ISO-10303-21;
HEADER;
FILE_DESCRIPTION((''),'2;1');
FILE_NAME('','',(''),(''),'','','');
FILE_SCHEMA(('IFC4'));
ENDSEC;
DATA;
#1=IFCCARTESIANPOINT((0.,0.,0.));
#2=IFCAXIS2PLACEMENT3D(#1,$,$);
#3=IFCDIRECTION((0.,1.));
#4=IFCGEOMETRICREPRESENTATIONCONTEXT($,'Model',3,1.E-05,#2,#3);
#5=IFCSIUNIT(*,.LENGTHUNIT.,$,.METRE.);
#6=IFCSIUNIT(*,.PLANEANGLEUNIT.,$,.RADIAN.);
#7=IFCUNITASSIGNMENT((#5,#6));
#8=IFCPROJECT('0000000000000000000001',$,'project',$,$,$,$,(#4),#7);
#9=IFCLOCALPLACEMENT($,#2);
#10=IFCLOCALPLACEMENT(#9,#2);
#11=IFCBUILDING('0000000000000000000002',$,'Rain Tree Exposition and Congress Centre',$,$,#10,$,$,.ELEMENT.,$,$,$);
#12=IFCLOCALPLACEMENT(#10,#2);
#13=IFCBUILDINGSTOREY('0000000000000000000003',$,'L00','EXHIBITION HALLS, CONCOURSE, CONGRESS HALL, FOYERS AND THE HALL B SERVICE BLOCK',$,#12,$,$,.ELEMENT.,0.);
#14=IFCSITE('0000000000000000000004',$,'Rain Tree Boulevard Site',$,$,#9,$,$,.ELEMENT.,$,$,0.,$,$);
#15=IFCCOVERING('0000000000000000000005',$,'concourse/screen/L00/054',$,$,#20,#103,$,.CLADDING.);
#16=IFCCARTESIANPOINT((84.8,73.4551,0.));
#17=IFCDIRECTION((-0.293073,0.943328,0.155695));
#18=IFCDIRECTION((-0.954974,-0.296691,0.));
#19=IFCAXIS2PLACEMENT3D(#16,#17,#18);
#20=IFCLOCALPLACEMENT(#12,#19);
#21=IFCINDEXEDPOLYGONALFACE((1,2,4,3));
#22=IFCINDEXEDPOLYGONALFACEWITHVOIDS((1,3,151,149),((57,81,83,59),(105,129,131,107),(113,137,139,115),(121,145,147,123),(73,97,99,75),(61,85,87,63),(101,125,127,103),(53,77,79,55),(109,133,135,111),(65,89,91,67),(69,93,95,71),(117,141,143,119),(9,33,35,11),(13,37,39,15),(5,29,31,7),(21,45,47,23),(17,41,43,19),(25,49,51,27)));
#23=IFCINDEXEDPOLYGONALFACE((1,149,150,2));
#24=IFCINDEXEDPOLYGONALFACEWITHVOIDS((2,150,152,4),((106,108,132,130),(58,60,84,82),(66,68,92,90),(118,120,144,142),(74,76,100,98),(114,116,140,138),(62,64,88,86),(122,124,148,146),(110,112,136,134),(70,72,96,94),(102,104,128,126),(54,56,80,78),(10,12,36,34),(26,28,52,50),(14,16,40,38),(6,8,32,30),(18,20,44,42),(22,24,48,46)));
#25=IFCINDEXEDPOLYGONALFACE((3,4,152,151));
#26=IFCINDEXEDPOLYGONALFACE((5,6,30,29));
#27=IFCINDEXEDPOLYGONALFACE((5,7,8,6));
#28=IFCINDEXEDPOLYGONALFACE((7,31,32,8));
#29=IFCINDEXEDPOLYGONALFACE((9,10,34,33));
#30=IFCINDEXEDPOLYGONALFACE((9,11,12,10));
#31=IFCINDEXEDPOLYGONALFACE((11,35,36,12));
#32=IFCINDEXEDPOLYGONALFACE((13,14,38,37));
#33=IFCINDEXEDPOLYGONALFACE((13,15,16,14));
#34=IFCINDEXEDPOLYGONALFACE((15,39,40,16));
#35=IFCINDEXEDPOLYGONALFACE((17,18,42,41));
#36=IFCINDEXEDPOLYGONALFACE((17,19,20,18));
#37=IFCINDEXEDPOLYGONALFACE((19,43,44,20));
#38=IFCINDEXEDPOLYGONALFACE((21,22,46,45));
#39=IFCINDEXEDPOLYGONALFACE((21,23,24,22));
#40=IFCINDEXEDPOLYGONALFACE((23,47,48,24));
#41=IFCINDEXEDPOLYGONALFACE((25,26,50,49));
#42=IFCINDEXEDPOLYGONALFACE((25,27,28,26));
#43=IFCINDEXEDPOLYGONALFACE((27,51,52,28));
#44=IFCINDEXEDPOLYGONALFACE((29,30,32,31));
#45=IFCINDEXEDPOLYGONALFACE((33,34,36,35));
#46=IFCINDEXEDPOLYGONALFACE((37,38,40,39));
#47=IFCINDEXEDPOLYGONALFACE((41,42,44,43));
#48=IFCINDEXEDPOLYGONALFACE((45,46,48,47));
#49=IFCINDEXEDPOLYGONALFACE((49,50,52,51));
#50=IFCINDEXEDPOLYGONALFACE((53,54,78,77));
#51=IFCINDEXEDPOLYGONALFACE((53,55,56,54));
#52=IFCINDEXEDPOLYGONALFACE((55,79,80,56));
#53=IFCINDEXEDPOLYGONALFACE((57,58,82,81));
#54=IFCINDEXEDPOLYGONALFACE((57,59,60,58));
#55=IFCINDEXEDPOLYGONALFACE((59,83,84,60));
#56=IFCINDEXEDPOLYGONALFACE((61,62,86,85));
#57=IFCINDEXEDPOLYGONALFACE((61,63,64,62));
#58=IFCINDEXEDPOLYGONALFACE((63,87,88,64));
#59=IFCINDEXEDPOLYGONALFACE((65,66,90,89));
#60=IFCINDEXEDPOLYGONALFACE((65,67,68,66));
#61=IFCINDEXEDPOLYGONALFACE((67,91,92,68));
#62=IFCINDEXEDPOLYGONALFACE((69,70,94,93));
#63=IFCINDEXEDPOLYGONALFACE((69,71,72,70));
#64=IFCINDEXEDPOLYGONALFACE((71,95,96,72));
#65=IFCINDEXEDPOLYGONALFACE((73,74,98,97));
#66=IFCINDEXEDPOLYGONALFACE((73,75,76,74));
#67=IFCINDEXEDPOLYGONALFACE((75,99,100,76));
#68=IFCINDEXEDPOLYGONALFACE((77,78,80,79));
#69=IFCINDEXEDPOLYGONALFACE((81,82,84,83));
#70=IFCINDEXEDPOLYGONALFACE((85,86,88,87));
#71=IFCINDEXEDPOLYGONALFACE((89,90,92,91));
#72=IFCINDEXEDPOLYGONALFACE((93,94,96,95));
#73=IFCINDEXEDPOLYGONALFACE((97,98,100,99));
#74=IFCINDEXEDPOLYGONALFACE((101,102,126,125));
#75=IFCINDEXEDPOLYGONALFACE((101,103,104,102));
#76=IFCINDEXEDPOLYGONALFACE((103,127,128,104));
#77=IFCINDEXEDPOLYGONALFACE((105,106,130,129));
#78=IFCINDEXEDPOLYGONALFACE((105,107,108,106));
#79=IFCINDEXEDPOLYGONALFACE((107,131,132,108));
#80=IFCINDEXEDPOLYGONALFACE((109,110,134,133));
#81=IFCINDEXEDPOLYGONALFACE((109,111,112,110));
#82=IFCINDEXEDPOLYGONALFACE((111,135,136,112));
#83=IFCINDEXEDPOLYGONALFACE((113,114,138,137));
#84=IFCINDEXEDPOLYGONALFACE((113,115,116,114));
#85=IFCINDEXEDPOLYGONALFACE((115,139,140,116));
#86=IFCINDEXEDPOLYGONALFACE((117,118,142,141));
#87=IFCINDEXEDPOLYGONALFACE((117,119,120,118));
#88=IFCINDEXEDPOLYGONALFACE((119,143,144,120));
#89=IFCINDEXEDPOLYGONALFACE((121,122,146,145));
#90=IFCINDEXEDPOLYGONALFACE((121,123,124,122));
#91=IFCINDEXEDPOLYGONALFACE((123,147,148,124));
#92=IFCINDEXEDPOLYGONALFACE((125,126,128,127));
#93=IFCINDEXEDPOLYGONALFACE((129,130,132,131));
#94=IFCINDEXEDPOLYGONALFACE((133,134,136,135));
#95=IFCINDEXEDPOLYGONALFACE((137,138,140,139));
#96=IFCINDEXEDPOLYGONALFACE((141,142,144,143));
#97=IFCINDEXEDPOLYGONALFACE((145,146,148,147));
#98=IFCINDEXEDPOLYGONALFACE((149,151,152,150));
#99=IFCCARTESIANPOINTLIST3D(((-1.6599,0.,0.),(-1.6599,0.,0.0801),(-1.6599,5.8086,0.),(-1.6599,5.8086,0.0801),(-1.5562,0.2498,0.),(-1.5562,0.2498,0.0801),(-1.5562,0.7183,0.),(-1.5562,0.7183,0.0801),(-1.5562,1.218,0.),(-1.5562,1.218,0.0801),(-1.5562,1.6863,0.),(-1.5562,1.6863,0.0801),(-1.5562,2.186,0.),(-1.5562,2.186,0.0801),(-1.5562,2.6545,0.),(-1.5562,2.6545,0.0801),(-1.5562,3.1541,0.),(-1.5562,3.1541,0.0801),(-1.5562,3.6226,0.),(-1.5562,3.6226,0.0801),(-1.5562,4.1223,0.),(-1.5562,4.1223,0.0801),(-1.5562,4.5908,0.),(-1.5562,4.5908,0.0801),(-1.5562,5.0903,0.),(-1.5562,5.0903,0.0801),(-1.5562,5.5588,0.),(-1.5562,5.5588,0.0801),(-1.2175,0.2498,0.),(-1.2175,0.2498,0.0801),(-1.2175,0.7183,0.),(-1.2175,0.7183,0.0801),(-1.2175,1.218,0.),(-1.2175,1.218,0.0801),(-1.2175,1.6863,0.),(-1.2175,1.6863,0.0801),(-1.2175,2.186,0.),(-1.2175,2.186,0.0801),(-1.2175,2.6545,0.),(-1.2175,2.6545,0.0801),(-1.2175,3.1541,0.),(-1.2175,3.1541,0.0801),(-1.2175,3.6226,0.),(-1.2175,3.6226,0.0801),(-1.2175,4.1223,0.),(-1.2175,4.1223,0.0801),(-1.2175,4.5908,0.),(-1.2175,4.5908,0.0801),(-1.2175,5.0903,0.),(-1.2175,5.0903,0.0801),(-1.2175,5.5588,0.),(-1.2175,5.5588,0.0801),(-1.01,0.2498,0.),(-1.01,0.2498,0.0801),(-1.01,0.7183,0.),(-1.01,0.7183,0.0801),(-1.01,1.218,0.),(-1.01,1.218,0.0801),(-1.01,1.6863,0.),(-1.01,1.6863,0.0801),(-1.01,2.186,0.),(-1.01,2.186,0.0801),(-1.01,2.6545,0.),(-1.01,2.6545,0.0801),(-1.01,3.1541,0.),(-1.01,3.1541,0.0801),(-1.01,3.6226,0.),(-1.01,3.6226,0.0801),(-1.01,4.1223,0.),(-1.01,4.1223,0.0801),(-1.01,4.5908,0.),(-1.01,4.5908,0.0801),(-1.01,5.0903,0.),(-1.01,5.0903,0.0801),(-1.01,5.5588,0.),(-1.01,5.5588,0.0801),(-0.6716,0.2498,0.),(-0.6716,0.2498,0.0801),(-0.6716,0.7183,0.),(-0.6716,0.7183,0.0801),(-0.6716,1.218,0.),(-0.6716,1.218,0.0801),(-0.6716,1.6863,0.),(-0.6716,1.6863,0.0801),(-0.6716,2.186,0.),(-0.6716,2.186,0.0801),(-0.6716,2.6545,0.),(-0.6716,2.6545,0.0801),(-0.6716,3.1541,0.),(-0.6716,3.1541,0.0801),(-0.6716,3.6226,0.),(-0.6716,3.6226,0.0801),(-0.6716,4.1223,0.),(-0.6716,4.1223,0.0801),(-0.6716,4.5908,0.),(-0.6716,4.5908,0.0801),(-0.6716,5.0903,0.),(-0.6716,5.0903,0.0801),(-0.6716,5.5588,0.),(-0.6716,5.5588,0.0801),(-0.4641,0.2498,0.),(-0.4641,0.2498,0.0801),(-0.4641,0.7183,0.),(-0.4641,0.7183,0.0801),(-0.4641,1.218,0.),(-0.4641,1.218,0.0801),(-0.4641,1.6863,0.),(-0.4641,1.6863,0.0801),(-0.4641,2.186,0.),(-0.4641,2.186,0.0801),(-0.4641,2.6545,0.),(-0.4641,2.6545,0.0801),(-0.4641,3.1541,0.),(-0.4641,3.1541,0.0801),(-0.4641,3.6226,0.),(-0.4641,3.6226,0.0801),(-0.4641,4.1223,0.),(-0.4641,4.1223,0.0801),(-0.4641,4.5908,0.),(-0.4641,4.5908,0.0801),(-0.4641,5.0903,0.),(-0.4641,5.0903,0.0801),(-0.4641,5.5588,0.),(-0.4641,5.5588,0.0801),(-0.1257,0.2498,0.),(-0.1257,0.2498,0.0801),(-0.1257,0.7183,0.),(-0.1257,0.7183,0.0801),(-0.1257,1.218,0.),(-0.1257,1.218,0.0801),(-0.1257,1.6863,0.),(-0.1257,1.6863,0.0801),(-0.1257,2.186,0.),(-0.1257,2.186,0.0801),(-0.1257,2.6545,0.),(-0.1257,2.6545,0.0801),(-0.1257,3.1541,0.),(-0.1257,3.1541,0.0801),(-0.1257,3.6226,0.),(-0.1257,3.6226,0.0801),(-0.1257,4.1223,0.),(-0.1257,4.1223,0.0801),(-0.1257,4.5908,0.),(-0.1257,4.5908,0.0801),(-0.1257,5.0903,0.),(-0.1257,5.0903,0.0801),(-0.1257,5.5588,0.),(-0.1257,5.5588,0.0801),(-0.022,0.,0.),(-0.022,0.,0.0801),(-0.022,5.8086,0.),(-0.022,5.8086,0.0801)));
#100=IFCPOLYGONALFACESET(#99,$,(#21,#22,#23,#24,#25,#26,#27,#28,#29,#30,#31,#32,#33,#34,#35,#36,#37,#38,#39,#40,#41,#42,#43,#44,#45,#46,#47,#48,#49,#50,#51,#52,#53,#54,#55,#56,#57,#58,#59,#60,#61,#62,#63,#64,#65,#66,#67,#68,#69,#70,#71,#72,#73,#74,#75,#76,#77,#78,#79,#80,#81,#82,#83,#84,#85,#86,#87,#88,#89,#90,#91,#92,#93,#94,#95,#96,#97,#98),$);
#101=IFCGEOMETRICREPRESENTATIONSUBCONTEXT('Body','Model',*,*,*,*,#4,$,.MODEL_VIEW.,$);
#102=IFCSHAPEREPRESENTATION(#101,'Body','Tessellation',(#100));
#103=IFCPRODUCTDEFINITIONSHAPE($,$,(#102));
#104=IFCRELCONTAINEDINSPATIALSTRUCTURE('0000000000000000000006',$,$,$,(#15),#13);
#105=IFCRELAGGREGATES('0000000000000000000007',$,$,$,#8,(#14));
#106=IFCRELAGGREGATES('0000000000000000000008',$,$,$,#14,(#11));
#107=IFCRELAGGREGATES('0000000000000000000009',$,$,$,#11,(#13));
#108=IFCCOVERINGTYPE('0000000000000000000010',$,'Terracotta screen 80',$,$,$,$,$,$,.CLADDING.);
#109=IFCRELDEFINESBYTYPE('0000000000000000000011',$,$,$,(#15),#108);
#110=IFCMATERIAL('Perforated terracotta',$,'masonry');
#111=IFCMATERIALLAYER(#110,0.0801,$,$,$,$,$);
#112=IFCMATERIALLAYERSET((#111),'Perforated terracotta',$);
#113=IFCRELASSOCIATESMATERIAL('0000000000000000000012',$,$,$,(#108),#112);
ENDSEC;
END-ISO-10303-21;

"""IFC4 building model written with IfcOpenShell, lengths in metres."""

from ifc_helpers import new_model, si_unit, direction, frame, origin, place, context, subcontext, project, spatial, polyline, outline, extrude, material, layer, layer_set, type_object, element, save


model = new_model("IFC4")

# Units and contexts
model_context = context("Model", 3, precision=1e-05, world=origin(), true_north=direction((0.0, 1.0)))
body_context = subcontext(model_context, "Body", "Model", "MODEL_VIEW")
ifc_project = project(units=[si_unit("LENGTHUNIT", "METRE"), si_unit("PLANEANGLEUNIT", "RADIAN")], contexts=[model_context])

# Site, building, storey
site_placement = place(None, origin())
site = spatial("IfcSite", under=ifc_project, at=site_placement, Name="Rain Tree Boulevard Site", CompositionType="ELEMENT", RefElevation=0.0)
building_placement = place(site_placement, origin())
building = spatial("IfcBuilding", under=site, at=building_placement, Name="Rain Tree Exposition and Congress Centre", CompositionType="ELEMENT")
storey_placement = place(building_placement, origin())
storey = spatial("IfcBuildingStorey", under=building, at=storey_placement, Name="L00", Description="EXHIBITION HALLS, CONCOURSE, CONGRESS HALL, FOYERS AND THE HALL B SERVICE BLOCK", CompositionType="ELEMENT", Elevation=0.0)

# Covering
ifc_material_1 = material(Name="Perforated terracotta", Category="masonry")
ifc_layer_1 = layer(ifc_material_1, 0.0801)
ifc_layer_set_1 = layer_set([ifc_layer_1], Name="Perforated terracotta")
covering_type_1 = type_object("IfcCoveringType", Name="Terracotta screen 80", PredefinedType="CLADDING", material=ifc_layer_set_1)
covering_1_placement = place(storey_placement, frame((84.8, 73.4551, 0.0), z_axis=(-0.293073, 0.943328, 0.155695), x_axis=(-0.954974, -0.296691, 0.0)))
element("IfcCovering", 1, at=covering_1_placement, inside=storey, type_object=covering_type_1, Name="concourse/screen/L00/054", PredefinedType="CLADDING", context=body_context, shape_type="SweptSolid", body=[
    extrude(outline(polyline([(-0.022, 0.0), (-1.6599, 0.0), (-1.6599, 5.8086), (-0.022, 5.8086), (-0.022, 0.0)]), holes=[polyline([(-0.1257, 0.2498), (-0.1257, 0.7183), (-0.4641, 0.7183), (-0.4641, 0.2498), (-0.1257, 0.2498)]), polyline([(-0.1257, 1.218), (-0.1257, 1.6863), (-0.4641, 1.6863), (-0.4641, 1.218), (-0.1257, 1.218)]), polyline([(-0.1257, 2.186), (-0.1257, 2.6545), (-0.4641, 2.6545), (-0.4641, 2.186), (-0.1257, 2.186)]), polyline([(-0.1257, 3.1541), (-0.1257, 3.6226), (-0.4641, 3.6226), (-0.4641, 3.1541), (-0.1257, 3.1541)]), polyline([(-0.1257, 4.1223), (-0.1257, 4.5908), (-0.4641, 4.5908), (-0.4641, 4.1223), (-0.1257, 4.1223)]), polyline([(-0.1257, 5.0903), (-0.1257, 5.5588), (-0.4641, 5.5588), (-0.4641, 5.0903), (-0.1257, 5.0903)]), polyline([(-0.6716, 0.2498), (-0.6716, 0.7183), (-1.01, 0.7183), (-1.01, 0.2498), (-0.6716, 0.2498)]), polyline([(-0.6716, 1.218), (-0.6716, 1.6863), (-1.01, 1.6863), (-1.01, 1.218), (-0.6716, 1.218)]), polyline([(-0.6716, 2.186), (-0.6716, 2.6545), (-1.01, 2.6545), (-1.01, 2.186), (-0.6716, 2.186)]), polyline([(-0.6716, 3.1541), (-0.6716, 3.6226), (-1.01, 3.6226), (-1.01, 3.1541), (-0.6716, 3.1541)]), polyline([(-0.6716, 4.1223), (-0.6716, 4.5908), (-1.01, 4.5908), (-1.01, 4.1223), (-0.6716, 4.1223)]), polyline([(-0.6716, 5.0903), (-0.6716, 5.5588), (-1.01, 5.5588), (-1.01, 5.0903), (-0.6716, 5.0903)]), polyline([(-1.2175, 0.2498), (-1.2175, 0.7183), (-1.5562, 0.7183), (-1.5562, 0.2498), (-1.2175, 0.2498)]), polyline([(-1.2175, 1.218), (-1.2175, 1.6863), (-1.5562, 1.6863), (-1.5562, 1.218), (-1.2175, 1.218)]), polyline([(-1.2175, 2.186), (-1.2175, 2.6545), (-1.5562, 2.6545), (-1.5562, 2.186), (-1.2175, 2.186)]), polyline([(-1.2175, 3.1541), (-1.2175, 3.6226), (-1.5562, 3.6226), (-1.5562, 3.1541), (-1.2175, 3.1541)]), polyline([(-1.2175, 4.1223), (-1.2175, 4.5908), (-1.5562, 4.5908), (-1.5562, 4.1223), (-1.2175, 4.1223)]), polyline([(-1.2175, 5.0903), (-1.2175, 5.5588), (-1.5562, 5.5588), (-1.5562, 5.0903), (-1.2175, 5.0903)])]), origin(), (0.0, 0.0, 1.0), 0.0801),
])

save(model, "model.ifc")
